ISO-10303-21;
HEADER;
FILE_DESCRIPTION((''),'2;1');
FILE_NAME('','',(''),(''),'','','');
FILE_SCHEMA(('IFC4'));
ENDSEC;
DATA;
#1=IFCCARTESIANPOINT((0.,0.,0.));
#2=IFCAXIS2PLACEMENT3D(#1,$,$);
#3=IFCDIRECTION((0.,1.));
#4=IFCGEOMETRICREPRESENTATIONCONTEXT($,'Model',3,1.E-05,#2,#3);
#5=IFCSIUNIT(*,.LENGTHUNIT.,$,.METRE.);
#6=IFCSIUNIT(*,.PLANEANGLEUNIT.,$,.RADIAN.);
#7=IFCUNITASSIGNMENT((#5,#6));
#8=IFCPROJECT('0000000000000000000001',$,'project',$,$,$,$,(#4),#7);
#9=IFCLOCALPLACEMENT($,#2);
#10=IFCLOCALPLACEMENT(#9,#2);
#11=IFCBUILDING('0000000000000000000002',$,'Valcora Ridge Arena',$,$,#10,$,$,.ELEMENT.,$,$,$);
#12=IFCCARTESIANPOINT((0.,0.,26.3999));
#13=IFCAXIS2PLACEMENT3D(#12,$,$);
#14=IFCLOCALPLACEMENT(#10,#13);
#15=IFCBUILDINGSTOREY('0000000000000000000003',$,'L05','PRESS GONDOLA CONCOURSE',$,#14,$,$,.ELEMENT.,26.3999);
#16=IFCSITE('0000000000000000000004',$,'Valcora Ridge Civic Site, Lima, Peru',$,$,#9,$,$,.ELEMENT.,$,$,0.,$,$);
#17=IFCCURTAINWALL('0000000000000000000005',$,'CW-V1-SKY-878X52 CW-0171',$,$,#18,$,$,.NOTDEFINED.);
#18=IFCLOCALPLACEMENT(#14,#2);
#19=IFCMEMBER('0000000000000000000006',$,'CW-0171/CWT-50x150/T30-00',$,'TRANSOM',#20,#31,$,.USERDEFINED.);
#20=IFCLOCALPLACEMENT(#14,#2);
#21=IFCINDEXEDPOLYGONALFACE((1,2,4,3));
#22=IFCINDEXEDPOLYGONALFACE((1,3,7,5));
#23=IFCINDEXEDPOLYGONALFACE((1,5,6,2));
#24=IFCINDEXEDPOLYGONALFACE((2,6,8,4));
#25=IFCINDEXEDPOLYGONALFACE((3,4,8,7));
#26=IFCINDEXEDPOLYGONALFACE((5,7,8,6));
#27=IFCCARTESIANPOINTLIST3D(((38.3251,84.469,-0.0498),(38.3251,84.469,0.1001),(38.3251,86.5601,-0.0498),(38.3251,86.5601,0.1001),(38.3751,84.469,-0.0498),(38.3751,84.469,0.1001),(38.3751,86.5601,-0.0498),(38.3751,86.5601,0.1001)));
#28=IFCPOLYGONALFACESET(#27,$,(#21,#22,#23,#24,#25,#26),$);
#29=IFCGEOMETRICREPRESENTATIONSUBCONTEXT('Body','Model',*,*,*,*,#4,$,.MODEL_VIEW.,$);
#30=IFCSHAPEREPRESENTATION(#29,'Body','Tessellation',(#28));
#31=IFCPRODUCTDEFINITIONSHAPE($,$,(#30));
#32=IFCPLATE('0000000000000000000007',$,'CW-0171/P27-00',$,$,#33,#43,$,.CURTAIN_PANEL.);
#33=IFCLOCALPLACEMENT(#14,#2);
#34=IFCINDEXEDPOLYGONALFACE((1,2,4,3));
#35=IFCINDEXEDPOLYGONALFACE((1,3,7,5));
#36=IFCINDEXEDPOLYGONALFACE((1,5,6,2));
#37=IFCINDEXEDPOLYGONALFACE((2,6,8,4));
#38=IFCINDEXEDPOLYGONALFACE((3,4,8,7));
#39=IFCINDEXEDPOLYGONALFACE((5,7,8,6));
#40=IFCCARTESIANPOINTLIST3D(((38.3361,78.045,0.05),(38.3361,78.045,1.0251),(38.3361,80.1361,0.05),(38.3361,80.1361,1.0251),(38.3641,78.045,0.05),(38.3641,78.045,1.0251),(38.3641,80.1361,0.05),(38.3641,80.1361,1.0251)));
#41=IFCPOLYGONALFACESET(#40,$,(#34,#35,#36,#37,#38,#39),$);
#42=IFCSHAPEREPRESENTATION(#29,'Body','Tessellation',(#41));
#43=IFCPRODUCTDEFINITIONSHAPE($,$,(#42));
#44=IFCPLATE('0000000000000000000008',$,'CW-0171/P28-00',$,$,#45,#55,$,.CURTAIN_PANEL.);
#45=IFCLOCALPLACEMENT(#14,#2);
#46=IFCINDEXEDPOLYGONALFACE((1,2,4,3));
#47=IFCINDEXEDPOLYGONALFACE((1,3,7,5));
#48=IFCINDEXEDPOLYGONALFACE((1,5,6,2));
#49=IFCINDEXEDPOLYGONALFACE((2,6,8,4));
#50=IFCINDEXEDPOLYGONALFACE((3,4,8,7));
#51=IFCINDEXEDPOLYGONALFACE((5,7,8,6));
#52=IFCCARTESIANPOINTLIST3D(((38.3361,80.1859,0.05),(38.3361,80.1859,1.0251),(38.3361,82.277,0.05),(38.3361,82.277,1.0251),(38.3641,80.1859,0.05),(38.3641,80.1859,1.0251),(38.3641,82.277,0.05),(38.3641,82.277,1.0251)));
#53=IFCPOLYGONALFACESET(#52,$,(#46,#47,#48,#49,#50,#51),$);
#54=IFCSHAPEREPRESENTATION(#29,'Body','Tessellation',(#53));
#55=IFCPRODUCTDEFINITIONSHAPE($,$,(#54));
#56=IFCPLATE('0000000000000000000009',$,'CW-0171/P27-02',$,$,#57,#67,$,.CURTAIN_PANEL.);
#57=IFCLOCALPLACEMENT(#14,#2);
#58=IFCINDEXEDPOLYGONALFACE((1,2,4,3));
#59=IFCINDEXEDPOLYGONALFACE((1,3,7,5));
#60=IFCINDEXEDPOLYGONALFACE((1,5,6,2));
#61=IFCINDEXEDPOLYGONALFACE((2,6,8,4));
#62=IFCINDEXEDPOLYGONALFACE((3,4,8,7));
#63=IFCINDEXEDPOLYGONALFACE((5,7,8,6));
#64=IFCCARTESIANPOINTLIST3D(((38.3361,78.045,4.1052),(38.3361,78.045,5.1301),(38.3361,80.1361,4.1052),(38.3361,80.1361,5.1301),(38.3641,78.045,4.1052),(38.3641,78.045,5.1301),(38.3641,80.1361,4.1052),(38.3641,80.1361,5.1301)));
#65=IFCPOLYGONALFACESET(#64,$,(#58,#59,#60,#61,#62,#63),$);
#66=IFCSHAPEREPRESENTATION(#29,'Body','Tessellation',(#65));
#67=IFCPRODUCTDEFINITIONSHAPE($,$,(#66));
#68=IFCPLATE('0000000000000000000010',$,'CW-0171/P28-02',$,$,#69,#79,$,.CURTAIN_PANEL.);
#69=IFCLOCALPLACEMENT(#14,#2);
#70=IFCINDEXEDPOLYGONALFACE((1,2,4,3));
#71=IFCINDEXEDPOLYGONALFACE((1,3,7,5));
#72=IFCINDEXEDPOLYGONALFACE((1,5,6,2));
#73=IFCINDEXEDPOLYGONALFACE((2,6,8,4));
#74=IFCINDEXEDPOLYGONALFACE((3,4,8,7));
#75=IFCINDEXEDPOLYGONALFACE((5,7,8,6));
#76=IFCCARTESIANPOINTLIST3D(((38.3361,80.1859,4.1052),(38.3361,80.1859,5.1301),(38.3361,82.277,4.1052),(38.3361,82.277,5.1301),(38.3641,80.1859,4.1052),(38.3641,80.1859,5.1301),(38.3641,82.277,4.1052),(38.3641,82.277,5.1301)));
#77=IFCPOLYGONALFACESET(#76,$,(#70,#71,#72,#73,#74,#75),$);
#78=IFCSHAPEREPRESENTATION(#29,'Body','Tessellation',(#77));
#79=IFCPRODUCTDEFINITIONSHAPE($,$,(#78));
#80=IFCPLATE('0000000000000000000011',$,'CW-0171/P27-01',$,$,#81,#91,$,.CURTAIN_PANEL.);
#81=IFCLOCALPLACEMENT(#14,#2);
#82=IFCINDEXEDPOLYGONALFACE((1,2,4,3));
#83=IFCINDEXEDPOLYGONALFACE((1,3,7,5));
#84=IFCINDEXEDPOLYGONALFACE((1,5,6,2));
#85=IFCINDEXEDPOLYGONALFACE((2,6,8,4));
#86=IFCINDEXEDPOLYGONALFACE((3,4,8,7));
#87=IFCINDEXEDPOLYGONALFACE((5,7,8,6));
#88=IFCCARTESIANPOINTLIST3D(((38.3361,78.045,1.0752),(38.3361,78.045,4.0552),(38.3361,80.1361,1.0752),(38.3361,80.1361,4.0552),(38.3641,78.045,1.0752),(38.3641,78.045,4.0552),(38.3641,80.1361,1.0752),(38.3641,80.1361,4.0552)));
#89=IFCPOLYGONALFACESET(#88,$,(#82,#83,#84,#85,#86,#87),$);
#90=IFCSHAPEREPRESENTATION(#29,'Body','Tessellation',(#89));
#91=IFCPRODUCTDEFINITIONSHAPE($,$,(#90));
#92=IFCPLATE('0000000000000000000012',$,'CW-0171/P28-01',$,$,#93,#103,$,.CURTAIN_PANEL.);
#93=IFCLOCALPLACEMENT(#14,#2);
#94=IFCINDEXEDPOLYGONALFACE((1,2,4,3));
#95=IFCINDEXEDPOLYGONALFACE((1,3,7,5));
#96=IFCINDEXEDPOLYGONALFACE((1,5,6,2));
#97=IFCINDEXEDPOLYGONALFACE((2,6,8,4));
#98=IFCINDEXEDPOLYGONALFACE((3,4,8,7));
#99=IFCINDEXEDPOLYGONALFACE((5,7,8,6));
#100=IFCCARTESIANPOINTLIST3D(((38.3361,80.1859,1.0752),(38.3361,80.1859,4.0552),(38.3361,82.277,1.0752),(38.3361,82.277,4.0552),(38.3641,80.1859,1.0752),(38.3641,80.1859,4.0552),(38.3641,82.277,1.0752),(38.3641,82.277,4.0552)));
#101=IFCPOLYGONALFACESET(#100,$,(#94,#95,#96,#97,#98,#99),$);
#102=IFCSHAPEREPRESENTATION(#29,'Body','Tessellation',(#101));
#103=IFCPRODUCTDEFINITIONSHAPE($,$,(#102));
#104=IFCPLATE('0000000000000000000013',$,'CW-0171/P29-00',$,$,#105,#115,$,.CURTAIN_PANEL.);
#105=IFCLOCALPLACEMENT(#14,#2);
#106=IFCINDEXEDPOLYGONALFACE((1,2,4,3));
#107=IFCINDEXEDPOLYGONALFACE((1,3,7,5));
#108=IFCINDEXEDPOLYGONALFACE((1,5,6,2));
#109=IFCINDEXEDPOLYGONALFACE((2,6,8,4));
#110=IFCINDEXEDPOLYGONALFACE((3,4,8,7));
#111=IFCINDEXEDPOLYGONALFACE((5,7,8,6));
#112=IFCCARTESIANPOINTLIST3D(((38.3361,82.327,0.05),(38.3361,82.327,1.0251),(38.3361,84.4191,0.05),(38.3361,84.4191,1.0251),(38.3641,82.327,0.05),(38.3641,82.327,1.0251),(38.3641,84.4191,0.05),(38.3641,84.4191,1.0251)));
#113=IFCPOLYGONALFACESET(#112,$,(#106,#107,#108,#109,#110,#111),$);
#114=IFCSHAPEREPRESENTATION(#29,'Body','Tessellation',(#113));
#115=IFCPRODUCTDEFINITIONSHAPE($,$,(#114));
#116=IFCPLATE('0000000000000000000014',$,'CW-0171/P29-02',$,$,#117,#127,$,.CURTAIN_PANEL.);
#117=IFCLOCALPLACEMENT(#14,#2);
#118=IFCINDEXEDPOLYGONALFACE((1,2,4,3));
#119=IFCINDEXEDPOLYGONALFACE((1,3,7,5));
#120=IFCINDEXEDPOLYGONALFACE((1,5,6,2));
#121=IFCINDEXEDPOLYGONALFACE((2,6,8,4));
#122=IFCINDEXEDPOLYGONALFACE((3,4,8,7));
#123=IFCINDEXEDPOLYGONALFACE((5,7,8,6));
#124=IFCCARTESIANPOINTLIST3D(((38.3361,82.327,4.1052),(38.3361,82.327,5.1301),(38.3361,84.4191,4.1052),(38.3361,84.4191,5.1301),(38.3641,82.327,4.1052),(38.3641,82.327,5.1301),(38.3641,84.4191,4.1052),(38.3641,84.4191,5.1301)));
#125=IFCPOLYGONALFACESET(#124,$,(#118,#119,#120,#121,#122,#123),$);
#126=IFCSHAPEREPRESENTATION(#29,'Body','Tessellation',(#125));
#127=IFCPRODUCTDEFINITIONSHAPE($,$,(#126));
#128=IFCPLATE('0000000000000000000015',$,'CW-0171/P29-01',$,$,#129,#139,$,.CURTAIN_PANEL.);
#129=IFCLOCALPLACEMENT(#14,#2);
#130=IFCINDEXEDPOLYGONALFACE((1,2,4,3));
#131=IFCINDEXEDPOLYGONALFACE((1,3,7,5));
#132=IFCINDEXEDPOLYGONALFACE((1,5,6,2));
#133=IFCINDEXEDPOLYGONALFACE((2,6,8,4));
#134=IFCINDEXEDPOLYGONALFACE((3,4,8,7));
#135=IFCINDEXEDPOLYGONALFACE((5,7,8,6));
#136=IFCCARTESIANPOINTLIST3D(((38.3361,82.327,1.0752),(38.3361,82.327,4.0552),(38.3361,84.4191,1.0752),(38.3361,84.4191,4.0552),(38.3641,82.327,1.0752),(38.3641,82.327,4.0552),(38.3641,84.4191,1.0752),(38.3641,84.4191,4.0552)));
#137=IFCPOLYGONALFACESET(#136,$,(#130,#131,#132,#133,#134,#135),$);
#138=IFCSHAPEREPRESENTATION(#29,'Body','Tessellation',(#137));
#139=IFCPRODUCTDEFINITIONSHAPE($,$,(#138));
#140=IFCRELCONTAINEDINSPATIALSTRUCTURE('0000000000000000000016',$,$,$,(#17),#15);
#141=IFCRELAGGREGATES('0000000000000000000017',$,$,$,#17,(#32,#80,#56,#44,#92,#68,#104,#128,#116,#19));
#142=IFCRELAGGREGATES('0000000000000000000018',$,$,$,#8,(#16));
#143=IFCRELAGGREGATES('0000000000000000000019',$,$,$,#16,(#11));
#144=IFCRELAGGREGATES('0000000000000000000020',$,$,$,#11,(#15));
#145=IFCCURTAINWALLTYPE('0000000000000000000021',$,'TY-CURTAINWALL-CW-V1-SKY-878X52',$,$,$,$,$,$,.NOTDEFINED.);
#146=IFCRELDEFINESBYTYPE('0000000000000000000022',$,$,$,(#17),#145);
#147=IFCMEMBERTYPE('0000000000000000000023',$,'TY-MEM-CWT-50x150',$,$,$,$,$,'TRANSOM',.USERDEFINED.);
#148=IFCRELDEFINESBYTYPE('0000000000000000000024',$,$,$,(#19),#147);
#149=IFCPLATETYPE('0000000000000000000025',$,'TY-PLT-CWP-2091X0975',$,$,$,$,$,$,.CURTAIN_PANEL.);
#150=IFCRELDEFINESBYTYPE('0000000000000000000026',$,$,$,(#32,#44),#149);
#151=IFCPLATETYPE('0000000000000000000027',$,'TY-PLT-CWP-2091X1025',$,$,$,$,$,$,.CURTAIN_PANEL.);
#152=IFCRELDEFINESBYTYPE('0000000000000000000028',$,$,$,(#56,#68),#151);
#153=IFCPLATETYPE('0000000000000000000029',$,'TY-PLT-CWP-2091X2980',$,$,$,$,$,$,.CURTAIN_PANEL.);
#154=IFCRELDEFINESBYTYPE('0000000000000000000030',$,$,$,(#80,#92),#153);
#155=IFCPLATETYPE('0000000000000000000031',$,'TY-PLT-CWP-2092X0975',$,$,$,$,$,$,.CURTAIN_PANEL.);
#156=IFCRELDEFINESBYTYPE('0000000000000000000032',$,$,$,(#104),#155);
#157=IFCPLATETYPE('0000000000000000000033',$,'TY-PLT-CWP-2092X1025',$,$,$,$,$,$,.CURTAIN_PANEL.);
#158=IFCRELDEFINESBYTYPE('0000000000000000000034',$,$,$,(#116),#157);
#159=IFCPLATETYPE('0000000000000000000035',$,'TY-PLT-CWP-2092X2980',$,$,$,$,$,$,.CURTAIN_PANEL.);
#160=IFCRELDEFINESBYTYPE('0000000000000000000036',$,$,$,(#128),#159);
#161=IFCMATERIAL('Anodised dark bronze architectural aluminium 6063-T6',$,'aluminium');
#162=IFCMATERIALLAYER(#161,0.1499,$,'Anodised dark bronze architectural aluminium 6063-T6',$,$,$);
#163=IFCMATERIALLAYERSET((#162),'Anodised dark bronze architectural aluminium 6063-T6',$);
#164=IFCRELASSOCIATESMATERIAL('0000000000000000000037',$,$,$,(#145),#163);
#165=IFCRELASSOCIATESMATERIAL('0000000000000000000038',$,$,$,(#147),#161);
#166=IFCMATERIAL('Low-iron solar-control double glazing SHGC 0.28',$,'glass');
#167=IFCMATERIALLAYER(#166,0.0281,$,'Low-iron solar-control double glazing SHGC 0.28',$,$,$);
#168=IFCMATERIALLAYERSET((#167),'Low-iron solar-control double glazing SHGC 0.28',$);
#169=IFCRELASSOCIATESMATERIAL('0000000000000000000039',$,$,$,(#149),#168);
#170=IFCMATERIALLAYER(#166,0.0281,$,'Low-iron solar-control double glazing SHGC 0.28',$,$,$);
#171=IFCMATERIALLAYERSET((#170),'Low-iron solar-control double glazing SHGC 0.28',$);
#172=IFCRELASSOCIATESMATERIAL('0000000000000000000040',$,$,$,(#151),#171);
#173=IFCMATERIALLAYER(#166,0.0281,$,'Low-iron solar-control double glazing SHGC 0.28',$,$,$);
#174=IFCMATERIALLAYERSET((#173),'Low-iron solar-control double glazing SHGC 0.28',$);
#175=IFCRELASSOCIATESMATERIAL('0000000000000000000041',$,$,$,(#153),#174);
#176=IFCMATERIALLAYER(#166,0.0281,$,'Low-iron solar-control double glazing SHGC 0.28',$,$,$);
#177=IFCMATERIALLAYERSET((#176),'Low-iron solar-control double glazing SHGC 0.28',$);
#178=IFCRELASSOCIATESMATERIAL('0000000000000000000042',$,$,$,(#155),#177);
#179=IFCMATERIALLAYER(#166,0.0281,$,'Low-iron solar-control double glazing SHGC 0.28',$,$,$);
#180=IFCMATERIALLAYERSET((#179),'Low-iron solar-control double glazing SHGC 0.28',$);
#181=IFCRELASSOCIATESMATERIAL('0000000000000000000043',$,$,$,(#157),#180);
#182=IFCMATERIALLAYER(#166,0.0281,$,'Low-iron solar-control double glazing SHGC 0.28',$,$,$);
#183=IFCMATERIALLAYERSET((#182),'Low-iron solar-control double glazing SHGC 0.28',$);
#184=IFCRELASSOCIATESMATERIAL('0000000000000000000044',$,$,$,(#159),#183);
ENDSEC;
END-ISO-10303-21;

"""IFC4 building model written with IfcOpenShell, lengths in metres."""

from ifc_helpers import new_model, si_unit, direction, frame, origin, origin_2d, place, context, subcontext, project, spatial, rectangle, extrude, material, layer, layer_set, material_profile, profile_set, type_object, element, aggregate, save


model = new_model("IFC4")

# Units and contexts
model_context = context("Model", 3, precision=1e-05, world=origin(), true_north=direction((0.0, 1.0)))
body_context = subcontext(model_context, "Body", "Model", "MODEL_VIEW")
ifc_project = project(units=[si_unit("LENGTHUNIT", "METRE"), si_unit("PLANEANGLEUNIT", "RADIAN")], contexts=[model_context])

# Site, building, storey
site_placement = place(None, origin())
site = spatial("IfcSite", under=ifc_project, at=site_placement, Name="Valcora Ridge Civic Site, Lima, Peru", CompositionType="ELEMENT", RefElevation=0.0)
building_placement = place(site_placement, origin())
building = spatial("IfcBuilding", under=site, at=building_placement, Name="Valcora Ridge Arena", CompositionType="ELEMENT")
storey_placement = place(building_placement, frame((0.0, 0.0, 26.3999)))
storey = spatial("IfcBuildingStorey", under=building, at=storey_placement, Name="L05", Description="PRESS GONDOLA CONCOURSE", CompositionType="ELEMENT", Elevation=26.3999)

# Curtain wall, member, plates
ifc_material_1 = material(Name="Anodised dark bronze architectural aluminium 6063-T6", Category="aluminium")
ifc_layer_1 = layer(ifc_material_1, 0.1499, Name="Anodised dark bronze architectural aluminium 6063-T6")
ifc_layer_set_1 = layer_set([ifc_layer_1], Name="Anodised dark bronze architectural aluminium 6063-T6")
curtain_wall_type = type_object("IfcCurtainWallType", Name="TY-CURTAINWALL-CW-V1-SKY-878X52", PredefinedType="NOTDEFINED", material=ifc_layer_set_1)
curtain_wall_placement = place(storey_placement, origin())
curtain_wall = element("IfcCurtainWall", 1, at=curtain_wall_placement, inside=storey, type_object=curtain_wall_type, Name="CW-V1-SKY-878X52 CW-0171", PredefinedType="NOTDEFINED")
ifc_material_profile_1 = material_profile(ifc_material_1, rectangle(XDim=0.05, YDim=0.1499, at=origin_2d()), Name="ALU TRANSOM 50x150")
ifc_profile_set_1 = profile_set([ifc_material_profile_1], Name="Anodised dark bronze architectural aluminium 6063-T6")
member_type_1 = type_object("IfcMemberType", Name="TY-MEM-CWT-50x150", ElementType="TRANSOM", PredefinedType="USERDEFINED", material=ifc_profile_set_1)
member_1_placement = place(storey_placement, frame((38.3501, 84.469, 0.0251), z_axis=(0.0, 1.0, 0.0), x_axis=(-1.0, 0.0, 0.0)))
member_1 = element("IfcMember", 2, at=member_1_placement, type_object=member_type_1, Name="CW-0171/CWT-50x150/T30-00", ObjectType="TRANSOM", PredefinedType="USERDEFINED", context=body_context, shape_type="SweptSolid", body=[
    extrude(rectangle(XDim=0.05, YDim=0.1499, at=origin_2d()), origin(), (0.0, 0.0, 1.0), 2.0911),
])
ifc_material_2 = material(Name="Low-iron solar-control double glazing SHGC 0.28", Category="glass")
ifc_layer_2 = layer(ifc_material_2, 0.0281, Name="Low-iron solar-control double glazing SHGC 0.28")
ifc_layer_set_2 = layer_set([ifc_layer_2], Name="Low-iron solar-control double glazing SHGC 0.28")
plate_type_1 = type_object("IfcPlateType", Name="TY-PLT-CWP-2091X0975", PredefinedType="CURTAIN_PANEL", material=ifc_layer_set_2)
plate_1_placement = place(storey_placement, frame((38.3501, 79.0906, 0.05), z_axis=(0.0, 0.0, 1.0), x_axis=(0.0, 1.0, 0.0)))
plate_1 = element("IfcPlate", 3, at=plate_1_placement, type_object=plate_type_1, Name="CW-0171/P27-00", PredefinedType="CURTAIN_PANEL", context=body_context, shape_type="SweptSolid", body=[
    extrude(rectangle(XDim=2.0911, YDim=0.0281, at=origin_2d()), origin(), (0.0, 0.0, 1.0), 0.9751),
])
plate_2_placement = place(storey_placement, frame((38.3501, 81.2314, 0.05), z_axis=(0.0, 0.0, 1.0), x_axis=(0.0, 1.0, 0.0)))
plate_2 = element("IfcPlate", 4, at=plate_2_placement, type_object=plate_type_1, Name="CW-0171/P28-00", PredefinedType="CURTAIN_PANEL", context=body_context, shape_type="SweptSolid", body=[
    extrude(rectangle(XDim=2.0911, YDim=0.0281, at=origin_2d()), origin(), (0.0, 0.0, 1.0), 0.9751),
])
ifc_layer_3 = layer(ifc_material_2, 0.0281, Name="Low-iron solar-control double glazing SHGC 0.28")
ifc_layer_set_3 = layer_set([ifc_layer_3], Name="Low-iron solar-control double glazing SHGC 0.28")
plate_type_2 = type_object("IfcPlateType", Name="TY-PLT-CWP-2091X1025", PredefinedType="CURTAIN_PANEL", material=ifc_layer_set_3)
plate_3_placement = place(storey_placement, frame((38.3501, 79.0906, 4.1052), z_axis=(0.0, 0.0, 1.0), x_axis=(0.0, 1.0, 0.0)))
plate_3 = element("IfcPlate", 5, at=plate_3_placement, type_object=plate_type_2, Name="CW-0171/P27-02", PredefinedType="CURTAIN_PANEL", context=body_context, shape_type="SweptSolid", body=[
    extrude(rectangle(XDim=2.0911, YDim=0.0281, at=origin_2d()), origin(), (0.0, 0.0, 1.0), 1.0249),
])
plate_4_placement = place(storey_placement, frame((38.3501, 81.2314, 4.1052), z_axis=(0.0, 0.0, 1.0), x_axis=(0.0, 1.0, 0.0)))
plate_4 = element("IfcPlate", 6, at=plate_4_placement, type_object=plate_type_2, Name="CW-0171/P28-02", PredefinedType="CURTAIN_PANEL", context=body_context, shape_type="SweptSolid", body=[
    extrude(rectangle(XDim=2.0911, YDim=0.0281, at=origin_2d()), origin(), (0.0, 0.0, 1.0), 1.0249),
])
ifc_layer_4 = layer(ifc_material_2, 0.0281, Name="Low-iron solar-control double glazing SHGC 0.28")
ifc_layer_set_4 = layer_set([ifc_layer_4], Name="Low-iron solar-control double glazing SHGC 0.28")
plate_type_3 = type_object("IfcPlateType", Name="TY-PLT-CWP-2091X2980", PredefinedType="CURTAIN_PANEL", material=ifc_layer_set_4)
plate_5_placement = place(storey_placement, frame((38.3501, 79.0906, 1.0752), z_axis=(0.0, 0.0, 1.0), x_axis=(0.0, 1.0, 0.0)))
plate_5 = element("IfcPlate", 7, at=plate_5_placement, type_object=plate_type_3, Name="CW-0171/P27-01", PredefinedType="CURTAIN_PANEL", context=body_context, shape_type="SweptSolid", body=[
    extrude(rectangle(XDim=2.0911, YDim=0.0281, at=origin_2d()), origin(), (0.0, 0.0, 1.0), 2.98),
])
plate_6_placement = place(storey_placement, frame((38.3501, 81.2314, 1.0752), z_axis=(0.0, 0.0, 1.0), x_axis=(0.0, 1.0, 0.0)))
plate_6 = element("IfcPlate", 8, at=plate_6_placement, type_object=plate_type_3, Name="CW-0171/P28-01", PredefinedType="CURTAIN_PANEL", context=body_context, shape_type="SweptSolid", body=[
    extrude(rectangle(XDim=2.0911, YDim=0.0281, at=origin_2d()), origin(), (0.0, 0.0, 1.0), 2.98),
])
ifc_layer_5 = layer(ifc_material_2, 0.0281, Name="Low-iron solar-control double glazing SHGC 0.28")
ifc_layer_set_5 = layer_set([ifc_layer_5], Name="Low-iron solar-control double glazing SHGC 0.28")
plate_type_4 = type_object("IfcPlateType", Name="TY-PLT-CWP-2092X0975", PredefinedType="CURTAIN_PANEL", material=ifc_layer_set_5)
plate_7_placement = place(storey_placement, frame((38.3501, 83.373, 0.05), z_axis=(0.0, 0.0, 1.0), x_axis=(0.0, 1.0, 0.0)))
plate_7 = element("IfcPlate", 9, at=plate_7_placement, type_object=plate_type_4, Name="CW-0171/P29-00", PredefinedType="CURTAIN_PANEL", context=body_context, shape_type="SweptSolid", body=[
    extrude(rectangle(XDim=2.092, YDim=0.0281, at=origin_2d()), origin(), (0.0, 0.0, 1.0), 0.9751),
])
ifc_layer_6 = layer(ifc_material_2, 0.0281, Name="Low-iron solar-control double glazing SHGC 0.28")
ifc_layer_set_6 = layer_set([ifc_layer_6], Name="Low-iron solar-control double glazing SHGC 0.28")
plate_type_5 = type_object("IfcPlateType", Name="TY-PLT-CWP-2092X1025", PredefinedType="CURTAIN_PANEL", material=ifc_layer_set_6)
plate_8_placement = place(storey_placement, frame((38.3501, 83.373, 4.1052), z_axis=(0.0, 0.0, 1.0), x_axis=(0.0, 1.0, 0.0)))
plate_8 = element("IfcPlate", 10, at=plate_8_placement, type_object=plate_type_5, Name="CW-0171/P29-02", PredefinedType="CURTAIN_PANEL", context=body_context, shape_type="SweptSolid", body=[
    extrude(rectangle(XDim=2.092, YDim=0.0281, at=origin_2d()), origin(), (0.0, 0.0, 1.0), 1.0249),
])
ifc_layer_7 = layer(ifc_material_2, 0.0281, Name="Low-iron solar-control double glazing SHGC 0.28")
ifc_layer_set_7 = layer_set([ifc_layer_7], Name="Low-iron solar-control double glazing SHGC 0.28")
plate_type_6 = type_object("IfcPlateType", Name="TY-PLT-CWP-2092X2980", PredefinedType="CURTAIN_PANEL", material=ifc_layer_set_7)
plate_9_placement = place(storey_placement, frame((38.3501, 83.373, 1.0752), z_axis=(0.0, 0.0, 1.0), x_axis=(0.0, 1.0, 0.0)))
plate_9 = element("IfcPlate", 11, at=plate_9_placement, type_object=plate_type_6, Name="CW-0171/P29-01", PredefinedType="CURTAIN_PANEL", context=body_context, shape_type="SweptSolid", body=[
    extrude(rectangle(XDim=2.092, YDim=0.0281, at=origin_2d()), origin(), (0.0, 0.0, 1.0), 2.98),
])
aggregate(curtain_wall, [plate_1, plate_5, plate_3, plate_2, plate_6, plate_4, plate_7, plate_9, plate_8, member_1])

save(model, "model.ifc")
